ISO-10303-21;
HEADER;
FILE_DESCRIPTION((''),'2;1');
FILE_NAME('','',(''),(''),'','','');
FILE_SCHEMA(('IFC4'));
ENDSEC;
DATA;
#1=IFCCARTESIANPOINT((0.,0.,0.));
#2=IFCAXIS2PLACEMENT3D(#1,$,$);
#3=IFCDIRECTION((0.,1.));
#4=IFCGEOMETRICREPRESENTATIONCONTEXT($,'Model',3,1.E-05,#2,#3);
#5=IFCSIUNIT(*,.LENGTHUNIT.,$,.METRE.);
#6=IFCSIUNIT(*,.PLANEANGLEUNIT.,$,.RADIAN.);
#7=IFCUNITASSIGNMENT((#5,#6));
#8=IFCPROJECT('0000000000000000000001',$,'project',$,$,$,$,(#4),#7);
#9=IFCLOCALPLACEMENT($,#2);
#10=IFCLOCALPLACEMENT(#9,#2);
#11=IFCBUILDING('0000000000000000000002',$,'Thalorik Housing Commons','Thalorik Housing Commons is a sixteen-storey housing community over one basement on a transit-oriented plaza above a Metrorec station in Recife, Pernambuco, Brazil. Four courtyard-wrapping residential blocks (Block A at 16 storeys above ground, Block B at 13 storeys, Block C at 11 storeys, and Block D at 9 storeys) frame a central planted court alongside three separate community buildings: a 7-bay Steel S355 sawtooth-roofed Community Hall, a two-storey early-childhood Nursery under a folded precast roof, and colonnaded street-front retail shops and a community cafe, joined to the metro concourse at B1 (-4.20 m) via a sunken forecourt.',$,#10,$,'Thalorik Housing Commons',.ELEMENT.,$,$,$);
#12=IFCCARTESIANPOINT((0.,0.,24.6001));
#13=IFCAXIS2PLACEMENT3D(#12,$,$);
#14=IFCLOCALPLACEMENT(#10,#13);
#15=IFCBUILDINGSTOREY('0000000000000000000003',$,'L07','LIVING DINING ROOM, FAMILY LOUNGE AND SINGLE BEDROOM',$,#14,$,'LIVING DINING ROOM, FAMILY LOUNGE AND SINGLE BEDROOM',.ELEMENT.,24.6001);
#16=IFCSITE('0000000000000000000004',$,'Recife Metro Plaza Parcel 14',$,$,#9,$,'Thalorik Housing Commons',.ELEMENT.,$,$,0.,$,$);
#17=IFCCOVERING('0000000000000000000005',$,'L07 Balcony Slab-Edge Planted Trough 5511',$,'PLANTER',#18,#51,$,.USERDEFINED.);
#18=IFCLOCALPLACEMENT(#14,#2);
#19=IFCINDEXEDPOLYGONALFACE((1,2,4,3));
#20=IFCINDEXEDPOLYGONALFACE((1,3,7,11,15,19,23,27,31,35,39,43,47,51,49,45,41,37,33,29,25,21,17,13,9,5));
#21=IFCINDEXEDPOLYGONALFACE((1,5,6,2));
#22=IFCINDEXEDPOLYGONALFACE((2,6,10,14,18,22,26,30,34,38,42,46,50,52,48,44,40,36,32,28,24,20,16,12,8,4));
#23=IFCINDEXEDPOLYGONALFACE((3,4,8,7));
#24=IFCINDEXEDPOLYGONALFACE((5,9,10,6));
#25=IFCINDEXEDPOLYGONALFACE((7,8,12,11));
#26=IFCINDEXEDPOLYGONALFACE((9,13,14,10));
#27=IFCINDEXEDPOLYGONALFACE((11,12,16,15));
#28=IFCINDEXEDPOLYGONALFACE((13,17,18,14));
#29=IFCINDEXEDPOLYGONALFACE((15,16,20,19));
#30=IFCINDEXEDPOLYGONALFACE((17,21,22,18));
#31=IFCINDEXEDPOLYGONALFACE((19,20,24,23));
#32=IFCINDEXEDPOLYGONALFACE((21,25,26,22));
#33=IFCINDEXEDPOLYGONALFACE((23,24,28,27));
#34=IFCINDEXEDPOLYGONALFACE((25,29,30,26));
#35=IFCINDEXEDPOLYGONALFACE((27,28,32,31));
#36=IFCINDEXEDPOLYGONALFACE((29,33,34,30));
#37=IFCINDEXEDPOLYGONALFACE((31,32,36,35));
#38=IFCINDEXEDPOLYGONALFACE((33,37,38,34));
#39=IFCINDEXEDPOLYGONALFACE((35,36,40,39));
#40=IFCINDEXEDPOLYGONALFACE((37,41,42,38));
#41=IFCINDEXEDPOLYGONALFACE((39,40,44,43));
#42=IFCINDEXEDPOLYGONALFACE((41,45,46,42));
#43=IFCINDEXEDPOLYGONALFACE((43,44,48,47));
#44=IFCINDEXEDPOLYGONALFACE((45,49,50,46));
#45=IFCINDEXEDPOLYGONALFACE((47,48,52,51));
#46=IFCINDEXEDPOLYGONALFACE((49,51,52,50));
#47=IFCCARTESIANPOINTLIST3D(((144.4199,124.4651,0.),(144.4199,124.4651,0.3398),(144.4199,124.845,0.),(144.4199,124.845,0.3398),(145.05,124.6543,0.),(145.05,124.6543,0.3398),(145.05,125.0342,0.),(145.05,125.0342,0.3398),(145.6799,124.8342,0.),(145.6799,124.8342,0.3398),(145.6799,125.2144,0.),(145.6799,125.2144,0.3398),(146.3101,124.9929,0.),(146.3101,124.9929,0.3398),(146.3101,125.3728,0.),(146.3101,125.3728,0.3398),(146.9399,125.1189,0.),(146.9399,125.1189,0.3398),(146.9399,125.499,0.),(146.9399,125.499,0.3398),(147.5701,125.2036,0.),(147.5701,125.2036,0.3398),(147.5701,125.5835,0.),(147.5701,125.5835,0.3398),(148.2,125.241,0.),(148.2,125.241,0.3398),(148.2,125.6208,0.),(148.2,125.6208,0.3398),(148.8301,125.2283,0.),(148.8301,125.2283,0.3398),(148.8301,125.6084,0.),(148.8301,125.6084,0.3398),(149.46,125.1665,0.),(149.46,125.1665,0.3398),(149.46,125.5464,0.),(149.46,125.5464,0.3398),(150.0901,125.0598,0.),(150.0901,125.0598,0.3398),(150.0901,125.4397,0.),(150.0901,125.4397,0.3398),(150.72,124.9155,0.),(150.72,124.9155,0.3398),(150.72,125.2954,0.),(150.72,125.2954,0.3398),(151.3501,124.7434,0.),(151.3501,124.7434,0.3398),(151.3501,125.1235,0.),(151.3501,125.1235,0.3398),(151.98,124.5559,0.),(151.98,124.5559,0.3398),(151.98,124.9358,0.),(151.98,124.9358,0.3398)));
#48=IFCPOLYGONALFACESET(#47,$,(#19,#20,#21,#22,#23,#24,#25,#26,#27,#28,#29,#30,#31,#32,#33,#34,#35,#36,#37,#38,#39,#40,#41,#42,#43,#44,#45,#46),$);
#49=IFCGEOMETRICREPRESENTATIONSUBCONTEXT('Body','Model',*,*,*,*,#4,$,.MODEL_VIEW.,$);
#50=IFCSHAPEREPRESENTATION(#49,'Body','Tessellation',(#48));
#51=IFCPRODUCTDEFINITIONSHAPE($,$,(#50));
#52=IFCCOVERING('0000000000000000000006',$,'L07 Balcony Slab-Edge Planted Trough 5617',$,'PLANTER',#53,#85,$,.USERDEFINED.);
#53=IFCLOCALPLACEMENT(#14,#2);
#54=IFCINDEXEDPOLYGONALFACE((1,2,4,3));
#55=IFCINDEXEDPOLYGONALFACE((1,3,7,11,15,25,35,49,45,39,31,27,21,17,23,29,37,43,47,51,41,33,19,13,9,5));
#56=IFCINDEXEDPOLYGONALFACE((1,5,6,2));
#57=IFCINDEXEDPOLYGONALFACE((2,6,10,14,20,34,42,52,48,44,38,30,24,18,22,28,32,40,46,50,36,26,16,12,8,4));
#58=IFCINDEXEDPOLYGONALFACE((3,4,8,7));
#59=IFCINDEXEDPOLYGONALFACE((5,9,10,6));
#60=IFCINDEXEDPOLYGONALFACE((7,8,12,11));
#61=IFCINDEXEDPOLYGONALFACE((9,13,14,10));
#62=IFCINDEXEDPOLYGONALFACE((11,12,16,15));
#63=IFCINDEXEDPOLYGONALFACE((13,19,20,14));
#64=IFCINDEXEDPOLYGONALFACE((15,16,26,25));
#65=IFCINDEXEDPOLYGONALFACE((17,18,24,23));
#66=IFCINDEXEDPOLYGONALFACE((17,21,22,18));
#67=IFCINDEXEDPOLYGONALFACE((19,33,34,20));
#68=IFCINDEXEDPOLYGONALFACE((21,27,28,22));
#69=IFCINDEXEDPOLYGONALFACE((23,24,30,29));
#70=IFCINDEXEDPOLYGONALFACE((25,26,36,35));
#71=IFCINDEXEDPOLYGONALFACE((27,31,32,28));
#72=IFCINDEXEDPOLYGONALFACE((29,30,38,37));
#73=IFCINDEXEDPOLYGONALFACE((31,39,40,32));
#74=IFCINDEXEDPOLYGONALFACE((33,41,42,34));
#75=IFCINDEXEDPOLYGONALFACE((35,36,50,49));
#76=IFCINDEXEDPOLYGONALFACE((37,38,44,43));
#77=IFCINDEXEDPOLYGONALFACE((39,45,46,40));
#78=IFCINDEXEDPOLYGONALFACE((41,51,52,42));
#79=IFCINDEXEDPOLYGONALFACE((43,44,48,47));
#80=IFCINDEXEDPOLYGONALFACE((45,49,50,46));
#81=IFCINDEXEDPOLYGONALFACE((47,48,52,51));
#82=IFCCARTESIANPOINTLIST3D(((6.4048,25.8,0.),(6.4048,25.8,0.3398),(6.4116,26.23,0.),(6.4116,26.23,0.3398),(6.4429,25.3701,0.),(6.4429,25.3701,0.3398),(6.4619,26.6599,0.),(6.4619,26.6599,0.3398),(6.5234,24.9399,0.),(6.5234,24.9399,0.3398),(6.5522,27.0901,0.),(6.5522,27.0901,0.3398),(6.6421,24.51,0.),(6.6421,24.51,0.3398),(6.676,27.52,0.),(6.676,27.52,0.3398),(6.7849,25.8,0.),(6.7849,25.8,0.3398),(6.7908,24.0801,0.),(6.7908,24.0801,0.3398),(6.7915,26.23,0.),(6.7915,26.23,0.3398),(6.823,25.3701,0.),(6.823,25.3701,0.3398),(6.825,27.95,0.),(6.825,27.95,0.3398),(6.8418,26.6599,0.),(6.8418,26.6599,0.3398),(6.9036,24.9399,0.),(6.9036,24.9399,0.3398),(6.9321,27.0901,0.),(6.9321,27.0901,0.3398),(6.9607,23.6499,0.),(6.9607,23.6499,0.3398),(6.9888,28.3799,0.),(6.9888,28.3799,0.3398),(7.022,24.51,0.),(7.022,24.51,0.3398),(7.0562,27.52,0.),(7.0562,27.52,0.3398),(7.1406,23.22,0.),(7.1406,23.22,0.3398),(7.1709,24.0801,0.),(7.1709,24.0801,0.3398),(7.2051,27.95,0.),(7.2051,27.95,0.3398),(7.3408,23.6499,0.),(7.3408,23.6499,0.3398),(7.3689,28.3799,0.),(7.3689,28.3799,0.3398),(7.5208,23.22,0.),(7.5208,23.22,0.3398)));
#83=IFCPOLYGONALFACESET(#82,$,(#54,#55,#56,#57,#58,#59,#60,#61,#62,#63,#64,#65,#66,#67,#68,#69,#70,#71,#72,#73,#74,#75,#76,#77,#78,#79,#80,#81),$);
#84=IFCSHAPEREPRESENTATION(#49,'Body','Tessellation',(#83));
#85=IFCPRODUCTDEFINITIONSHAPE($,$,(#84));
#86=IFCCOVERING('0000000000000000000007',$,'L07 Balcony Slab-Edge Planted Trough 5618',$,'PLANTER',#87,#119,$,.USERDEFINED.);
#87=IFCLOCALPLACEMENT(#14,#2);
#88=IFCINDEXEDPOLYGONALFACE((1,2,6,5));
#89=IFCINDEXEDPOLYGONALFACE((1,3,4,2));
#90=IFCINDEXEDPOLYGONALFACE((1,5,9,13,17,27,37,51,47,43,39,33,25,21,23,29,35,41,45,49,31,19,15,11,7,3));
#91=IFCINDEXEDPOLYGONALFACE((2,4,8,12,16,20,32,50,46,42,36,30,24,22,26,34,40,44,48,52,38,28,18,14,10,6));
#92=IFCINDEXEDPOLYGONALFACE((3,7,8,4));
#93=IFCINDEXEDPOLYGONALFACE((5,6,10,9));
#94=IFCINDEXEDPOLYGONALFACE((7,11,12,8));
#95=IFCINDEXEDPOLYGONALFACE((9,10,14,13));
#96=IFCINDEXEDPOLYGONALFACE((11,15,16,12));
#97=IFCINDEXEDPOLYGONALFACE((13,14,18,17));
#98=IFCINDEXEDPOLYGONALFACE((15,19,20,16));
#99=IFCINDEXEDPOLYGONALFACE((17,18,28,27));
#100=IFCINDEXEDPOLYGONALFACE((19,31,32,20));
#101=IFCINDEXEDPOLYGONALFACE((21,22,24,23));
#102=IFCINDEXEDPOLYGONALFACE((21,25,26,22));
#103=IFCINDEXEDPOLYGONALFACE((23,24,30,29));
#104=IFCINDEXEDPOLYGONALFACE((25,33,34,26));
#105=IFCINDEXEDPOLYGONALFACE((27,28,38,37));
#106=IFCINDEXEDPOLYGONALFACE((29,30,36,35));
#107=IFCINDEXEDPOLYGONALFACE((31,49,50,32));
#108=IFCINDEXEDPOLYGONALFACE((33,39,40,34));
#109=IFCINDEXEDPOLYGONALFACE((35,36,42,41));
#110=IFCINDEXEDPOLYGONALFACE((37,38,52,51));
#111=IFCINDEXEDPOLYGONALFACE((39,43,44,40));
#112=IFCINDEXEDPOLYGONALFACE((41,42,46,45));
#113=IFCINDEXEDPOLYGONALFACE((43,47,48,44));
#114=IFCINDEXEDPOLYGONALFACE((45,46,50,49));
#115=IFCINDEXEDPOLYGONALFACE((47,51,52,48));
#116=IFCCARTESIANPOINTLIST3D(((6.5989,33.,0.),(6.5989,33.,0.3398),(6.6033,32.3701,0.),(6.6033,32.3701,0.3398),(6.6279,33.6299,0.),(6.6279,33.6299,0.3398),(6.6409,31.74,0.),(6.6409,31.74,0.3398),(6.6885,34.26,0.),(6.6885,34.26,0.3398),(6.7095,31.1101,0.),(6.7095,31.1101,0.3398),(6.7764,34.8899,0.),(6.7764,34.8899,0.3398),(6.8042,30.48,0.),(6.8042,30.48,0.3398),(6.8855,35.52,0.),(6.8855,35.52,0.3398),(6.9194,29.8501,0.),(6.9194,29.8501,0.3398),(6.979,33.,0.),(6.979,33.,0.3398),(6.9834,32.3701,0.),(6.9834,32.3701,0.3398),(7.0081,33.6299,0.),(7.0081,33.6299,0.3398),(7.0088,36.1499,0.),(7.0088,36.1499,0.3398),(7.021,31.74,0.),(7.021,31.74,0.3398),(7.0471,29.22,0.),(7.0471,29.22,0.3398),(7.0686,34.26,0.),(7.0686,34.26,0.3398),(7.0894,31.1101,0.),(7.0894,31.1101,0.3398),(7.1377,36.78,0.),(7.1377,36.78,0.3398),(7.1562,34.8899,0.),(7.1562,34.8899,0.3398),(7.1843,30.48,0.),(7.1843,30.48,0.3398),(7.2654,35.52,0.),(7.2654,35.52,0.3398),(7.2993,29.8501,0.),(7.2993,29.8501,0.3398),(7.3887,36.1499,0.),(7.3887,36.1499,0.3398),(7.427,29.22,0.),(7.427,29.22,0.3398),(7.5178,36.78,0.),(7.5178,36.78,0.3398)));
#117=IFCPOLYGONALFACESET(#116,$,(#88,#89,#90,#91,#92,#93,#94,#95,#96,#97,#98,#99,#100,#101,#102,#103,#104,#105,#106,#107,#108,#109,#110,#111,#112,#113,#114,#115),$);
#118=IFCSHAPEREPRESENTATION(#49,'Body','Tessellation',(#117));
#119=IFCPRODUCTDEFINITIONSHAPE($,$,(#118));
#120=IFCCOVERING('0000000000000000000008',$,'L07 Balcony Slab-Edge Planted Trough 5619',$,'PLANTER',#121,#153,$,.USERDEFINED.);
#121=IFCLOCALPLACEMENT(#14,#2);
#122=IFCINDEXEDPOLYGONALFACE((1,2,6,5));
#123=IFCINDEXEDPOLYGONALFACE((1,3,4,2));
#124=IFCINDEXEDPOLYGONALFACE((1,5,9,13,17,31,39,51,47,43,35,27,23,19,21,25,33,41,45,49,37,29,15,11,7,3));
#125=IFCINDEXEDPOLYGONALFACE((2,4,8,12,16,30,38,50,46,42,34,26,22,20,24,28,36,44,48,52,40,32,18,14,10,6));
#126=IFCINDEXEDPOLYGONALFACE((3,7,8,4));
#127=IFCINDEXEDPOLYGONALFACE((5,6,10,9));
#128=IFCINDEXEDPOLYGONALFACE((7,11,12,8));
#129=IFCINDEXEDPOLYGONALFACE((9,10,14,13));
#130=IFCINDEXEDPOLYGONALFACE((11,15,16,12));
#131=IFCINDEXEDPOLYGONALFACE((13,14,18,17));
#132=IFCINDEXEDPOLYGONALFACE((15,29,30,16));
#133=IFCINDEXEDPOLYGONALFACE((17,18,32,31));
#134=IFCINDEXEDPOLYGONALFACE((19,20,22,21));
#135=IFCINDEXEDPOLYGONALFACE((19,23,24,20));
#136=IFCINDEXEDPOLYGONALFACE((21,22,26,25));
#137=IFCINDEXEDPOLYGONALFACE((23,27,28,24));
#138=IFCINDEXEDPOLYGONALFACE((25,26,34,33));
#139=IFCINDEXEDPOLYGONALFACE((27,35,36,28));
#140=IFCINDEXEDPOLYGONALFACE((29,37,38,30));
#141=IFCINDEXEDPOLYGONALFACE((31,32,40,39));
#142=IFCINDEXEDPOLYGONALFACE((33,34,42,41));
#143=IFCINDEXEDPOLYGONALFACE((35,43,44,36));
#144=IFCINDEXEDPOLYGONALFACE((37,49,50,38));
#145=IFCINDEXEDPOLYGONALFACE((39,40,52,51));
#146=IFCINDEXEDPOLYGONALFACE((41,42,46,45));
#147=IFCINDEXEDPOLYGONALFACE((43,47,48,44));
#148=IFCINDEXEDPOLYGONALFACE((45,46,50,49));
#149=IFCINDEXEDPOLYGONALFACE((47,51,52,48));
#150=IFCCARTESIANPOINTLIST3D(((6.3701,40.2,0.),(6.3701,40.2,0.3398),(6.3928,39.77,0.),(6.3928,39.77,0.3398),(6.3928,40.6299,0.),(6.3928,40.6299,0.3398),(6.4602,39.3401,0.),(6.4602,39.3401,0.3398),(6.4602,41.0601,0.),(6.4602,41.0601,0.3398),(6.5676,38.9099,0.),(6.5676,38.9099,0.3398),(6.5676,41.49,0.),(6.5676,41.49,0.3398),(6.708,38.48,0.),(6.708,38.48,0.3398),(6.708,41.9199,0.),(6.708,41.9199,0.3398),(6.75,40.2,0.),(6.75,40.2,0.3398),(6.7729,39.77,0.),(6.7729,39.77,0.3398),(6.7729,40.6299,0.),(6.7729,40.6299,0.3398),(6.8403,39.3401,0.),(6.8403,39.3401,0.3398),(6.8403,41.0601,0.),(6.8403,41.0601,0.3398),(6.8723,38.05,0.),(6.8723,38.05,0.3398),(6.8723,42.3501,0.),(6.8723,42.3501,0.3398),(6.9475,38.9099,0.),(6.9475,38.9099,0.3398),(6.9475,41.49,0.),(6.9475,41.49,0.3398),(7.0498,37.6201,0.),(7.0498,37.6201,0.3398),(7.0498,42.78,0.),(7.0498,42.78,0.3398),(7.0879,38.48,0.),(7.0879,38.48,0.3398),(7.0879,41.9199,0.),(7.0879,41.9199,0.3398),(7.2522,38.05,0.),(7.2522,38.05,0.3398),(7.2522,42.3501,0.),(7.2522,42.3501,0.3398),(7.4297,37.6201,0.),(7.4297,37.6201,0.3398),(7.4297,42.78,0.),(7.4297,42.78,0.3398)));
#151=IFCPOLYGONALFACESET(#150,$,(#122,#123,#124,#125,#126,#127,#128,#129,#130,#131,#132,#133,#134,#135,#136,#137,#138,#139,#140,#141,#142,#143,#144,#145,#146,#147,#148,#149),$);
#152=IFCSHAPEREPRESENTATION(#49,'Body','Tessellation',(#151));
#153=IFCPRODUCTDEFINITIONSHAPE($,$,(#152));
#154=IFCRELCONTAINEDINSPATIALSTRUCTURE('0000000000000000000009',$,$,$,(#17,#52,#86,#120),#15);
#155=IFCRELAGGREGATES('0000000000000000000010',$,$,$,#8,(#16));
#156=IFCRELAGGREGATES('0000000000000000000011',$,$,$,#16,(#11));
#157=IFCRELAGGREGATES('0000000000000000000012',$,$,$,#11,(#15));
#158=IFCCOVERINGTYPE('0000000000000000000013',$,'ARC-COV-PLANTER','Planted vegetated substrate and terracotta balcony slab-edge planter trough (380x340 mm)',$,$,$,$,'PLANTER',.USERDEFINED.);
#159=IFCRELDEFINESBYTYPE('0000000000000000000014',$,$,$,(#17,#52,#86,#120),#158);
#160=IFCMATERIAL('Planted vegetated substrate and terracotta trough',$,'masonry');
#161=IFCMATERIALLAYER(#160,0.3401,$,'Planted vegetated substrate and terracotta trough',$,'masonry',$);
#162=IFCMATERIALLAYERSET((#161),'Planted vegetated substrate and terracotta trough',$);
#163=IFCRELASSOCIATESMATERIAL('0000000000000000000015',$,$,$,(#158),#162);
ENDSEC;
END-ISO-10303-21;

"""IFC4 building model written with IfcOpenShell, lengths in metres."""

from ifc_helpers import new_model, si_unit, direction, frame, origin, place, context, subcontext, project, spatial, polyline, outline, extrude, material, layer, layer_set, type_object, element, save


model = new_model("IFC4")

# Units and contexts
model_context = context("Model", 3, precision=1e-05, world=origin(), true_north=direction((0.0, 1.0)))
body_context = subcontext(model_context, "Body", "Model", "MODEL_VIEW")
ifc_project = project(units=[si_unit("LENGTHUNIT", "METRE"), si_unit("PLANEANGLEUNIT", "RADIAN")], contexts=[model_context])

# Site, building, storey
site_placement = place(None, origin())
site = spatial("IfcSite", under=ifc_project, at=site_placement, Name="Recife Metro Plaza Parcel 14", LongName="Thalorik Housing Commons", CompositionType="ELEMENT", RefElevation=0.0)
building_placement = place(site_placement, origin())
building = spatial("IfcBuilding", under=site, at=building_placement, Name="Thalorik Housing Commons", Description="Thalorik Housing Commons is a sixteen-storey housing community over one basement on a transit-oriented plaza above a Metrorec station in Recife, Pernambuco, Brazil. Four courtyard-wrapping residential blocks (Block A at 16 storeys above ground, Block B at 13 storeys, Block C at 11 storeys, and Block D at 9 storeys) frame a central planted court alongside three separate community buildings: a 7-bay Steel S355 sawtooth-roofed Community Hall, a two-storey early-childhood Nursery under a folded precast roof, and colonnaded street-front retail shops and a community cafe, joined to the metro concourse at B1 (-4.20 m) via a sunken forecourt.", LongName="Thalorik Housing Commons", CompositionType="ELEMENT")
storey_placement = place(building_placement, frame((0.0, 0.0, 24.6001)))
storey = spatial("IfcBuildingStorey", under=building, at=storey_placement, Name="L07", Description="LIVING DINING ROOM, FAMILY LOUNGE AND SINGLE BEDROOM", LongName="LIVING DINING ROOM, FAMILY LOUNGE AND SINGLE BEDROOM", CompositionType="ELEMENT", Elevation=24.6001)

# Coverings
ifc_material = material(Name="Planted vegetated substrate and terracotta trough", Category="masonry")
ifc_layer = layer(ifc_material, 0.3401, Name="Planted vegetated substrate and terracotta trough", Category="masonry")
ifc_layer_set = layer_set([ifc_layer], Name="Planted vegetated substrate and terracotta trough")
covering_type = type_object("IfcCoveringType", Name="ARC-COV-PLANTER", Description="Planted vegetated substrate and terracotta balcony slab-edge planter trough (380x340 mm)", ElementType="PLANTER", PredefinedType="USERDEFINED", material=ifc_layer_set)
covering_1_placement = place(storey_placement, origin())
element("IfcCovering", 1, at=covering_1_placement, inside=storey, type_object=covering_type, Name="L07 Balcony Slab-Edge Planted Trough 5511", ObjectType="PLANTER", PredefinedType="USERDEFINED", context=body_context, shape_type="SweptSolid", body=[
    extrude(outline(polyline([(151.98, 124.9358), (151.3501, 125.1235), (150.72, 125.2954), (150.0901, 125.4397), (149.46, 125.5464), (148.8301, 125.6084), (148.2, 125.6208), (147.5701, 125.5835), (146.9399, 125.499), (146.3101, 125.3728), (145.6799, 125.2144), (145.05, 125.0342), (144.4199, 124.845), (144.4199, 124.4651), (145.05, 124.6543), (145.6799, 124.8342), (146.3101, 124.9929), (146.9399, 125.1189), (147.5701, 125.2036), (148.2, 125.241), (148.8301, 125.2283), (149.46, 125.1665), (150.0901, 125.0598), (150.72, 124.9155), (151.3501, 124.7434), (151.98, 124.5559), (151.98, 124.9358)])), origin(), (0.0, 0.0, 1.0), 0.3398),
])
covering_2_placement = place(storey_placement, origin())
element("IfcCovering", 2, at=covering_2_placement, inside=storey, type_object=covering_type, Name="L07 Balcony Slab-Edge Planted Trough 5617", ObjectType="PLANTER", PredefinedType="USERDEFINED", context=body_context, shape_type="SweptSolid", body=[
    extrude(outline(polyline([(6.9888, 28.3799), (6.825, 27.95), (6.676, 27.52), (6.5522, 27.0901), (6.4619, 26.6599), (6.4116, 26.23), (6.4048, 25.8), (6.4429, 25.3701), (6.5234, 24.9399), (6.6421, 24.51), (6.7908, 24.0801), (6.9607, 23.6499), (7.1406, 23.22), (7.5208, 23.22), (7.3408, 23.6499), (7.1709, 24.0801), (7.022, 24.51), (6.9036, 24.9399), (6.823, 25.3701), (6.7849, 25.8), (6.7915, 26.23), (6.8418, 26.6599), (6.9321, 27.0901), (7.0562, 27.52), (7.2051, 27.95), (7.3689, 28.3799), (6.9888, 28.3799)])), origin(), (0.0, 0.0, 1.0), 0.3398),
])
covering_3_placement = place(storey_placement, origin())
element("IfcCovering", 3, at=covering_3_placement, inside=storey, type_object=covering_type, Name="L07 Balcony Slab-Edge Planted Trough 5618", ObjectType="PLANTER", PredefinedType="USERDEFINED", context=body_context, shape_type="SweptSolid", body=[
    extrude(outline(polyline([(7.1377, 36.78), (7.0088, 36.1499), (6.8855, 35.52), (6.7764, 34.8899), (6.6885, 34.26), (6.6279, 33.6299), (6.5989, 33.0), (6.6033, 32.3701), (6.6409, 31.74), (6.7095, 31.1101), (6.8042, 30.48), (6.9194, 29.8501), (7.0471, 29.22), (7.427, 29.22), (7.2993, 29.8501), (7.1843, 30.48), (7.0894, 31.1101), (7.021, 31.74), (6.9834, 32.3701), (6.979, 33.0), (7.0081, 33.6299), (7.0686, 34.26), (7.1562, 34.8899), (7.2654, 35.52), (7.3887, 36.1499), (7.5178, 36.78), (7.1377, 36.78)])), origin(), (0.0, 0.0, 1.0), 0.3398),
])
covering_4_placement = place(storey_placement, origin())
element("IfcCovering", 4, at=covering_4_placement, inside=storey, type_object=covering_type, Name="L07 Balcony Slab-Edge Planted Trough 5619", ObjectType="PLANTER", PredefinedType="USERDEFINED", context=body_context, shape_type="SweptSolid", body=[
    extrude(outline(polyline([(7.0498, 42.78), (6.8723, 42.3501), (6.708, 41.9199), (6.5676, 41.49), (6.4602, 41.0601), (6.3928, 40.6299), (6.3701, 40.2), (6.3928, 39.77), (6.4602, 39.3401), (6.5676, 38.9099), (6.708, 38.48), (6.8723, 38.05), (7.0498, 37.6201), (7.4297, 37.6201), (7.2522, 38.05), (7.0879, 38.48), (6.9475, 38.9099), (6.8403, 39.3401), (6.7729, 39.77), (6.75, 40.2), (6.7729, 40.6299), (6.8403, 41.0601), (6.9475, 41.49), (7.0879, 41.9199), (7.2522, 42.3501), (7.4297, 42.78), (7.0498, 42.78)])), origin(), (0.0, 0.0, 1.0), 0.3398),
])

save(model, "model.ifc")
